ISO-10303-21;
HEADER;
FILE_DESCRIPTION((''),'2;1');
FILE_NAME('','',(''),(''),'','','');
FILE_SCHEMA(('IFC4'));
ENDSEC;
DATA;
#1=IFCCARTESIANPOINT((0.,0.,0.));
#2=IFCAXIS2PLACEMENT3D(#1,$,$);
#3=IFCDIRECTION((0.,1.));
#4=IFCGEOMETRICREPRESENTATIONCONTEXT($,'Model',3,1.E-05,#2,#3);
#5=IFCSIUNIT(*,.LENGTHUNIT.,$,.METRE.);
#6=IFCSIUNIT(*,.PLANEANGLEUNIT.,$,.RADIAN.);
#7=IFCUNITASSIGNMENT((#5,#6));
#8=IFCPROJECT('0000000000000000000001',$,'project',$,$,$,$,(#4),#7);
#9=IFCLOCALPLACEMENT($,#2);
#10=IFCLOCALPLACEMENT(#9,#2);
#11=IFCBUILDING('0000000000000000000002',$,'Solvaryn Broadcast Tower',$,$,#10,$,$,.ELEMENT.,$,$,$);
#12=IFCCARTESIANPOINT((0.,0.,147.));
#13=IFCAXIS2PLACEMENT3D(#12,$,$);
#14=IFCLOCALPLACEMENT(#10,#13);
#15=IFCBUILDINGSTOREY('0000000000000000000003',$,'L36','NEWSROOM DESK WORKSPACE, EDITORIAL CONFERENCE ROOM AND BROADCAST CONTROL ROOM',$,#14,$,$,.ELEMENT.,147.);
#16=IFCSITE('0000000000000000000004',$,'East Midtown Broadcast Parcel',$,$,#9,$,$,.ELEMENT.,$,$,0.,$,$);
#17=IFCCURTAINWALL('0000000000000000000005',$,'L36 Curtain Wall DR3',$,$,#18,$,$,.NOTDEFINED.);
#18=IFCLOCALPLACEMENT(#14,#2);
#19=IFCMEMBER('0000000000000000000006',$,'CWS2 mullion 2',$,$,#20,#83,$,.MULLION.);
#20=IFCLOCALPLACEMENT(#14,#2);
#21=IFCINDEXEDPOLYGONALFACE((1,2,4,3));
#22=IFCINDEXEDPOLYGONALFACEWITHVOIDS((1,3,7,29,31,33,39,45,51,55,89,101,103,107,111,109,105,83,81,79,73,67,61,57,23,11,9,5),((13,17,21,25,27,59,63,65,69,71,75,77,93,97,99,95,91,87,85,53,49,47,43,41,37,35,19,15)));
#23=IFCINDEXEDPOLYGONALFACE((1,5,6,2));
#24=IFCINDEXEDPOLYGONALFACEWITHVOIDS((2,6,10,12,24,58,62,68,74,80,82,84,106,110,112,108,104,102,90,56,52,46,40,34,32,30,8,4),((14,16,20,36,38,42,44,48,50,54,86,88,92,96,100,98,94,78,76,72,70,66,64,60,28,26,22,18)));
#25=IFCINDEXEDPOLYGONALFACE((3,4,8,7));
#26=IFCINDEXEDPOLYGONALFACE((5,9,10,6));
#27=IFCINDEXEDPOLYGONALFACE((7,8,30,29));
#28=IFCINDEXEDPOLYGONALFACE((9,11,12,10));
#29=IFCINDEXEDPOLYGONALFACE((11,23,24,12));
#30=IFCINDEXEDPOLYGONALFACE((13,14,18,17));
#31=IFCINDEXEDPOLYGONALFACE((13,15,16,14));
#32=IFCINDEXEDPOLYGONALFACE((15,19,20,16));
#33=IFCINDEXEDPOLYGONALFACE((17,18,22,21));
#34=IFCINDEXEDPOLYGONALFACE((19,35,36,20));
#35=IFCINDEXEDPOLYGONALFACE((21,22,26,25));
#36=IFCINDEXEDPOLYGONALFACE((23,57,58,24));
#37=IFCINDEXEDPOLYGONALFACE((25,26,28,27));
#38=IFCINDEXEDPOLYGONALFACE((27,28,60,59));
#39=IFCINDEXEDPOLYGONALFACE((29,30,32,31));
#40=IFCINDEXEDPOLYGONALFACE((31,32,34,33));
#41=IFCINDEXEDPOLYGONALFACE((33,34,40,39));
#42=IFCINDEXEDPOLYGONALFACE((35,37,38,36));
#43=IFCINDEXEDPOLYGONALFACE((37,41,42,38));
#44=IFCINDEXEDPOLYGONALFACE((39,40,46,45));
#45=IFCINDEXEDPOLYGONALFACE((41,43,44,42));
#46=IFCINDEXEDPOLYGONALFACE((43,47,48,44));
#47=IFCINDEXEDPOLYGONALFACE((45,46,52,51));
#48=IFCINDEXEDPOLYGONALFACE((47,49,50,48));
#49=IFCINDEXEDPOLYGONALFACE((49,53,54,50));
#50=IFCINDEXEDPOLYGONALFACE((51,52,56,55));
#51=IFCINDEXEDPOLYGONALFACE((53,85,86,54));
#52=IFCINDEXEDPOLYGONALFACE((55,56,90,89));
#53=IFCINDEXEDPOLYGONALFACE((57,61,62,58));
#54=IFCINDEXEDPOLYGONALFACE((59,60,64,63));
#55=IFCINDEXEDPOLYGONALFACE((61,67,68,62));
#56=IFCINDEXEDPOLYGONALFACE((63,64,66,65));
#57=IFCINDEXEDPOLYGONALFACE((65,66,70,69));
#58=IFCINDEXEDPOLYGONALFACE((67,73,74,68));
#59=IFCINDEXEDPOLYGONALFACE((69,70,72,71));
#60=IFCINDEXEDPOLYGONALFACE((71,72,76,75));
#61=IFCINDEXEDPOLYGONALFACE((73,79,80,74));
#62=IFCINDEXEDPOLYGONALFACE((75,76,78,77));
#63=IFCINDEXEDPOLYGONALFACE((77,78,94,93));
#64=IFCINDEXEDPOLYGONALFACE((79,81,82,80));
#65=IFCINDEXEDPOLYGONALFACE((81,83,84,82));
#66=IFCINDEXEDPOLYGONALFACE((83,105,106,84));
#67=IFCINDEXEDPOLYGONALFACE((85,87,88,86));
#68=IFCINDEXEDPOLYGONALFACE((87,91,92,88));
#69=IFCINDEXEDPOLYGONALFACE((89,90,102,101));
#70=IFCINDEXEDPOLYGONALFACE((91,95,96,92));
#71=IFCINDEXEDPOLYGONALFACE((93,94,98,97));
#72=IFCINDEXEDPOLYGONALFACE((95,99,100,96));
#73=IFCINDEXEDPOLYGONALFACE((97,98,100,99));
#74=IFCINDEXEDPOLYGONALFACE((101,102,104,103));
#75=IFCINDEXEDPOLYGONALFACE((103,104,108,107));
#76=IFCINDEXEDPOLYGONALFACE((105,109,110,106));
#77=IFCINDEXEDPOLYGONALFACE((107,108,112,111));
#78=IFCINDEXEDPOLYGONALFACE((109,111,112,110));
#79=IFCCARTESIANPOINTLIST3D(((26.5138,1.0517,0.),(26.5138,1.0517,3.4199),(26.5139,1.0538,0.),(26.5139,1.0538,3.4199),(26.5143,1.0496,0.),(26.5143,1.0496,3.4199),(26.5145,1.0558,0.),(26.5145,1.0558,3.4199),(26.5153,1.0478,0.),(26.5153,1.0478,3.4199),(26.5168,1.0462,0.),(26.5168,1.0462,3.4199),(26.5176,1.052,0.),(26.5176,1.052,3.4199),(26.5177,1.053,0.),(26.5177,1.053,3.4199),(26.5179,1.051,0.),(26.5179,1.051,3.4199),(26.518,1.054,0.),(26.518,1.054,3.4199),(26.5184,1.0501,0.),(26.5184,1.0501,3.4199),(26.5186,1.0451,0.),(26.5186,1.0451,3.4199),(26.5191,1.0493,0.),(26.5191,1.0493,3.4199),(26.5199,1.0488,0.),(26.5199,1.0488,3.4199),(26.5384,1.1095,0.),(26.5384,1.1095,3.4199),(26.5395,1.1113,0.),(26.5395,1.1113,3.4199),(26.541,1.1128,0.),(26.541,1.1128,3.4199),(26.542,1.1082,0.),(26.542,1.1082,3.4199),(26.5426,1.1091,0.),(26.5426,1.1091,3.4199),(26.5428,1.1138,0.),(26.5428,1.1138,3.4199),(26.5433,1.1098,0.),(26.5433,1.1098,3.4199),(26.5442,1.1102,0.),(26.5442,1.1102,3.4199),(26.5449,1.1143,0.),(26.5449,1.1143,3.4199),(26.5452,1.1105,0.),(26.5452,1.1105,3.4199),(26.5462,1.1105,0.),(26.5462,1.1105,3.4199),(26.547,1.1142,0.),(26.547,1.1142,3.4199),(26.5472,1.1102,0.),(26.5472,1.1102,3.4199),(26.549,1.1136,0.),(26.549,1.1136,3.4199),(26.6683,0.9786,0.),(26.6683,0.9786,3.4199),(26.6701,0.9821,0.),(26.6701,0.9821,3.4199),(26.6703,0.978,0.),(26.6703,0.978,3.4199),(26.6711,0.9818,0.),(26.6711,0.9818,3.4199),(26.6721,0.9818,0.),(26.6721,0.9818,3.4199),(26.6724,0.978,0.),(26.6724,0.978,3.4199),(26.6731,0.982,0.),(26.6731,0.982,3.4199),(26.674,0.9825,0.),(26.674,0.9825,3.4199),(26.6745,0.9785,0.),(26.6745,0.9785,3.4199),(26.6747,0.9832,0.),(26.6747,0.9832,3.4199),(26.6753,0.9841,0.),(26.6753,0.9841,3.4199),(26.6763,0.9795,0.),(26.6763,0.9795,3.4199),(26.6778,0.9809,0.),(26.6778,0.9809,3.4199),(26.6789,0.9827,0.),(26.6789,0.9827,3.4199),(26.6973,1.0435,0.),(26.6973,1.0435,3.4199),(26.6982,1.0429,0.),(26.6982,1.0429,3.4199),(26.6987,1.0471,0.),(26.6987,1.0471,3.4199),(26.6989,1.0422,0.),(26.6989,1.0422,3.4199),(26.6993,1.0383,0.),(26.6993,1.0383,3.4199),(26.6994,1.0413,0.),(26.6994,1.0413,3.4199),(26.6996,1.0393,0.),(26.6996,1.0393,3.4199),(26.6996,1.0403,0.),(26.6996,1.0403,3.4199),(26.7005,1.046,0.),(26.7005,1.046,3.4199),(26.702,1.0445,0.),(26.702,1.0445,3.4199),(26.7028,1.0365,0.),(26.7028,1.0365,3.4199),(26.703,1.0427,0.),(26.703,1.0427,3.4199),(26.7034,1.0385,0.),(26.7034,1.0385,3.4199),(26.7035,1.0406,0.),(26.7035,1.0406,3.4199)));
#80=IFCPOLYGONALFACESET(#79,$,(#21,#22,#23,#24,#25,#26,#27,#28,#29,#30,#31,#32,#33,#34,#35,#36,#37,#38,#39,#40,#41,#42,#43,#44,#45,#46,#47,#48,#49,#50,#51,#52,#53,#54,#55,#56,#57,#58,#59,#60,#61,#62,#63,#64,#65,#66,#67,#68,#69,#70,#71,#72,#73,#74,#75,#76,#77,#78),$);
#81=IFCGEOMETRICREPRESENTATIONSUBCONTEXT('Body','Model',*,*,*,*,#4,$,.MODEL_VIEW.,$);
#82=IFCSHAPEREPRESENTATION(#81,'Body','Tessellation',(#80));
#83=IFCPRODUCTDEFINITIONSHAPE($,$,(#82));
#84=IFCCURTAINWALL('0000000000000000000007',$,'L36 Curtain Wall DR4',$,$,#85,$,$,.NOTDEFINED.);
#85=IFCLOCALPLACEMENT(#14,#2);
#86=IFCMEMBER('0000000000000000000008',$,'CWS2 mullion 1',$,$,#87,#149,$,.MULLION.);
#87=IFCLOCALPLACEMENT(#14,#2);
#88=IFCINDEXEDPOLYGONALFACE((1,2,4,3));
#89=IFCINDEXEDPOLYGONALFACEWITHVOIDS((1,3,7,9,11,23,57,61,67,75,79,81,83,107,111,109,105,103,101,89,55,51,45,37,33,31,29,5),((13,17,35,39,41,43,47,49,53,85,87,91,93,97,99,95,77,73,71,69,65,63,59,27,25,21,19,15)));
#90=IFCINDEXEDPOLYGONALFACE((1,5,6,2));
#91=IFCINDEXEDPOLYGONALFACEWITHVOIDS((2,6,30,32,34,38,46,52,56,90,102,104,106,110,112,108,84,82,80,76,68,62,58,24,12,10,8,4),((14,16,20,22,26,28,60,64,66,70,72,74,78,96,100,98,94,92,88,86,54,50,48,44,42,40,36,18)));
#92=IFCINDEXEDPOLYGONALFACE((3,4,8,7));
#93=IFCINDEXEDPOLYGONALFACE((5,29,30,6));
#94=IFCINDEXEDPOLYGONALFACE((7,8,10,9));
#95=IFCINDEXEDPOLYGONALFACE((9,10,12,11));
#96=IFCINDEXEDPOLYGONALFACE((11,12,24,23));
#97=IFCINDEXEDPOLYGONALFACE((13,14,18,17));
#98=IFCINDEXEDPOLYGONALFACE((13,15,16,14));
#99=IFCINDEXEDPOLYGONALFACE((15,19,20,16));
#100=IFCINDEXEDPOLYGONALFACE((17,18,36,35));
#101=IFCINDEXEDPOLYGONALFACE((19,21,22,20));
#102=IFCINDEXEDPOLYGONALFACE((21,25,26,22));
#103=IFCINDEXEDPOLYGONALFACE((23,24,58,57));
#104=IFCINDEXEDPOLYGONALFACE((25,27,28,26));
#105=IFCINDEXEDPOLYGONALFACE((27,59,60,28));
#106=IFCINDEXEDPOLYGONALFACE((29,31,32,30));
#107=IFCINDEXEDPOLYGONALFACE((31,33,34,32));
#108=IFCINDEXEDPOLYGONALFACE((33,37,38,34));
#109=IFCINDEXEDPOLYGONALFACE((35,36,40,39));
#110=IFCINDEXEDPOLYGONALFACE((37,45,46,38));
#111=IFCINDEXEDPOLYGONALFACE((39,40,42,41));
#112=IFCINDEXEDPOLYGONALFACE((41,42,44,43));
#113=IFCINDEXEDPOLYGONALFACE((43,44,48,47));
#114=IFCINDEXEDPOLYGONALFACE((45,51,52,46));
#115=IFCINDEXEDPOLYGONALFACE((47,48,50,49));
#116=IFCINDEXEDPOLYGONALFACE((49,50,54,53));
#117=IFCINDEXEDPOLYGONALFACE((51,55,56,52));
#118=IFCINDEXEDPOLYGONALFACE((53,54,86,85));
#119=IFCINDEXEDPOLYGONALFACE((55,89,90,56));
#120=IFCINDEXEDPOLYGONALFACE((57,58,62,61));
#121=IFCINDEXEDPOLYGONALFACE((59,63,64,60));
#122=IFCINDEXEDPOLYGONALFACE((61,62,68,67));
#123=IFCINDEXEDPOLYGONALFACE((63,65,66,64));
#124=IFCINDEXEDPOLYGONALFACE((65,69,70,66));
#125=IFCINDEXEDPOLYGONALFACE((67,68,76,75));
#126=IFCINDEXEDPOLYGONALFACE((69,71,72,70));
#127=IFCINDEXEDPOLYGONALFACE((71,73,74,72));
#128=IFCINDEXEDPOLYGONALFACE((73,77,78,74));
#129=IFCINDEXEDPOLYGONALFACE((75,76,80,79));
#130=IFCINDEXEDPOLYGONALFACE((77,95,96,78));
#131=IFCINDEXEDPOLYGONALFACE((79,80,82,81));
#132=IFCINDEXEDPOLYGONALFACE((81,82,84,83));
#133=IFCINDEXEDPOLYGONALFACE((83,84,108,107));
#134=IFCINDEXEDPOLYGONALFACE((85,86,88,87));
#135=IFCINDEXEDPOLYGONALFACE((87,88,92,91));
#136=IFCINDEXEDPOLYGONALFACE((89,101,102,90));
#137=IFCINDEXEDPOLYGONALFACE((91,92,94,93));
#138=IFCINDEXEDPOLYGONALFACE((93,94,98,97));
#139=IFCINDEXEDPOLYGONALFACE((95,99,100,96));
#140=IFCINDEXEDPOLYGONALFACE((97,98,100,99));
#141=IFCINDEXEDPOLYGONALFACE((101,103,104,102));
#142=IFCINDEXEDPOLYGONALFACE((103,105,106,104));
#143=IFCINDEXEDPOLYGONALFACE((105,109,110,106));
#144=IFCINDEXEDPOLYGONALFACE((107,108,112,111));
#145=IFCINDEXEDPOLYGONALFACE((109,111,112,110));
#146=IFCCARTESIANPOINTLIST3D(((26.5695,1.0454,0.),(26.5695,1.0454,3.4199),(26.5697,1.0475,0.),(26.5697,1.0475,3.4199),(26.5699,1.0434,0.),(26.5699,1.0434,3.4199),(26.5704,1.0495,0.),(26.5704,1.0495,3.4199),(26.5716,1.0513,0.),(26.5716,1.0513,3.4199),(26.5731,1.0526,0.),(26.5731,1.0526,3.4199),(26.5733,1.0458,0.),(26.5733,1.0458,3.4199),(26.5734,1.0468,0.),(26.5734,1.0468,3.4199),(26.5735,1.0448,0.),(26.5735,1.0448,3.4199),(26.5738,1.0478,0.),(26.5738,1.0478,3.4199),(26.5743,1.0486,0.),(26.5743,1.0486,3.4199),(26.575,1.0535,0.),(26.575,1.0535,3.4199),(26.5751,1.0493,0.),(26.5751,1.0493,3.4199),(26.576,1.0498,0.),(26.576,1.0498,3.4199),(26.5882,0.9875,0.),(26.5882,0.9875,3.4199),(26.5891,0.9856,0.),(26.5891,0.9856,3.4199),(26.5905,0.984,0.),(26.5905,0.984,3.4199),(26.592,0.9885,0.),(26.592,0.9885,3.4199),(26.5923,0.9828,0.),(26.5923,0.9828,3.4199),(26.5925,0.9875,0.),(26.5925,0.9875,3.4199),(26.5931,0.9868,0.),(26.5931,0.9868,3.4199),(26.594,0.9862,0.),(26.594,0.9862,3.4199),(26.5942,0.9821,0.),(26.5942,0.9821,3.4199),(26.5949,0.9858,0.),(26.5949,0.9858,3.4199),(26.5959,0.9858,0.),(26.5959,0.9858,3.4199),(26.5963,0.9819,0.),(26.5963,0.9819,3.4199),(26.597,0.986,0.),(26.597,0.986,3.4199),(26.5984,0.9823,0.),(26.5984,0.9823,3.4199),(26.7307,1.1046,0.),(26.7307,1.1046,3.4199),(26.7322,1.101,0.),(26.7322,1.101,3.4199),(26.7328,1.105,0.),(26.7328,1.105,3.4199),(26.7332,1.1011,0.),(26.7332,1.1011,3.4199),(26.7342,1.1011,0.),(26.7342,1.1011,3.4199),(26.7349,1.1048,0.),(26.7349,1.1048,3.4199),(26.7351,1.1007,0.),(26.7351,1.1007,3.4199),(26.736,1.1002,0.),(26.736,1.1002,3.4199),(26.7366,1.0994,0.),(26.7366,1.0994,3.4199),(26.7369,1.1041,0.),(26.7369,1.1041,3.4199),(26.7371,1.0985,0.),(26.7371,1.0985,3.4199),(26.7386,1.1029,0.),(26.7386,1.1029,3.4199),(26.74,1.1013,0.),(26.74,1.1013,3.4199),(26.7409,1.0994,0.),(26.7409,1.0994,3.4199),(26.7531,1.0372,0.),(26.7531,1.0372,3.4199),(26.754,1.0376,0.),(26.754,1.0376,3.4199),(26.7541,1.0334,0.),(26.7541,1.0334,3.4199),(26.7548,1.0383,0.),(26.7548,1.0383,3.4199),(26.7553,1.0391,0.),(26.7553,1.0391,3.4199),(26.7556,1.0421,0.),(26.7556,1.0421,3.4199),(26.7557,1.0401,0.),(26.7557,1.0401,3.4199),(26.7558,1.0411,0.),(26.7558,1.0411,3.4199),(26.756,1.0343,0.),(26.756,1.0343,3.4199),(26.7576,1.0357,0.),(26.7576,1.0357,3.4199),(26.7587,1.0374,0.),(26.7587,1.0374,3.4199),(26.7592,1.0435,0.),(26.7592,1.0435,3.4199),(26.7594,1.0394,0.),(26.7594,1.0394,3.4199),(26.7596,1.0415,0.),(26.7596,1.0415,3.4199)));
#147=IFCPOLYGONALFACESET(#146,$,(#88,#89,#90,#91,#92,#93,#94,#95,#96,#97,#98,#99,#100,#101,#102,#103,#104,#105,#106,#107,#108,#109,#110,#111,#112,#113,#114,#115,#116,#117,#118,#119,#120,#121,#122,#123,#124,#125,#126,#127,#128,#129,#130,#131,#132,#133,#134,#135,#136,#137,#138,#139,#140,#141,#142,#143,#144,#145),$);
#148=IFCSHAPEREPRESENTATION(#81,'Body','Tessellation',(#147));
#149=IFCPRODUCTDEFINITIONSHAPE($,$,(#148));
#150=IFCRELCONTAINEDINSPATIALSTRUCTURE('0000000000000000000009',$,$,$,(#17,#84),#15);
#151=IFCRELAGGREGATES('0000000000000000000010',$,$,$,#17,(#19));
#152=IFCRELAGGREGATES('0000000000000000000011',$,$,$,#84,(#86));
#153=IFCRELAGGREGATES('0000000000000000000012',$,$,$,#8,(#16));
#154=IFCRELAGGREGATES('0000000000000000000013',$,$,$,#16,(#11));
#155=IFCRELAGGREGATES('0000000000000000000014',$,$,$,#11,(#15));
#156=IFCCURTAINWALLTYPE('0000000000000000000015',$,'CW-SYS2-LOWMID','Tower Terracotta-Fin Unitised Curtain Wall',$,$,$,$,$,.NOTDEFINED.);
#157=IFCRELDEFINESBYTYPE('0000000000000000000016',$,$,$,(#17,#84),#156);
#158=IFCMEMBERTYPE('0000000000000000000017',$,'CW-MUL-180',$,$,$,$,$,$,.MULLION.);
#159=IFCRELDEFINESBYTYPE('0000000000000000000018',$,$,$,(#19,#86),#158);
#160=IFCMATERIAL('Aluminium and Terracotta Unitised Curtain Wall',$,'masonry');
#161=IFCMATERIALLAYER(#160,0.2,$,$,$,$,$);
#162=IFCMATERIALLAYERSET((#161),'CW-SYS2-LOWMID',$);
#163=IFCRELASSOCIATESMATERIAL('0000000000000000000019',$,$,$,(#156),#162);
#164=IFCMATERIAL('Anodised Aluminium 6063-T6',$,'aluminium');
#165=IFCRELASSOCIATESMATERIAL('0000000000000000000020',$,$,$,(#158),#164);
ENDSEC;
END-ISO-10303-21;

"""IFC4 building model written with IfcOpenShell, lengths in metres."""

from ifc_helpers import new_model, si_unit, direction, frame, origin, origin_2d, place, context, subcontext, project, spatial, hollow_rectangle, extrude, material, layer, layer_set, material_profile, profile_set, type_object, element, aggregate, save


model = new_model("IFC4")

# Units and contexts
model_context = context("Model", 3, precision=1e-05, world=origin(), true_north=direction((0.0, 1.0)))
body_context = subcontext(model_context, "Body", "Model", "MODEL_VIEW")
ifc_project = project(units=[si_unit("LENGTHUNIT", "METRE"), si_unit("PLANEANGLEUNIT", "RADIAN")], contexts=[model_context])

# Site, building, storey
site_placement = place(None, origin())
site = spatial("IfcSite", under=ifc_project, at=site_placement, Name="East Midtown Broadcast Parcel", CompositionType="ELEMENT", RefElevation=0.0)
building_placement = place(site_placement, origin())
building = spatial("IfcBuilding", under=site, at=building_placement, Name="Solvaryn Broadcast Tower", CompositionType="ELEMENT")
storey_placement = place(building_placement, frame((0.0, 0.0, 147.0)))
storey = spatial("IfcBuildingStorey", under=building, at=storey_placement, Name="L36", Description="NEWSROOM DESK WORKSPACE, EDITORIAL CONFERENCE ROOM AND BROADCAST CONTROL ROOM", CompositionType="ELEMENT", Elevation=147.0)

# Curtain wall, member
ifc_material_1 = material(Name="Aluminium and Terracotta Unitised Curtain Wall", Category="masonry")
ifc_layer_1 = layer(ifc_material_1, 0.2)
ifc_layer_set_1 = layer_set([ifc_layer_1], Name="CW-SYS2-LOWMID")
curtain_wall_type = type_object("IfcCurtainWallType", Name="CW-SYS2-LOWMID", Description="Tower Terracotta-Fin Unitised Curtain Wall", PredefinedType="NOTDEFINED", material=ifc_layer_set_1)
curtain_wall_1_placement = place(storey_placement, origin())
curtain_wall_1 = element("IfcCurtainWall", 1, at=curtain_wall_1_placement, inside=storey, type_object=curtain_wall_type, Name="L36 Curtain Wall DR3", PredefinedType="NOTDEFINED")
ifc_material_2 = material(Name="Anodised Aluminium 6063-T6", Category="aluminium")
ifc_material_profile_1 = material_profile(ifc_material_2, hollow_rectangle(XDim=0.075, YDim=0.1799, WallThickness=0.0039, InnerFilletRadius=0.0039, OuterFilletRadius=0.0081, at=origin_2d()))
ifc_profile_set_1 = profile_set([ifc_material_profile_1], Name="Anodised Aluminium 6063-T6")
member_type_1 = type_object("IfcMemberType", Name="CW-MUL-180", PredefinedType="MULLION", material=ifc_profile_set_1)
member_1_placement = place(storey_placement, frame((26.6086, 1.0461, 0.0), z_axis=(0.0, 0.0, 1.0), x_axis=(0.405918, 0.913909, 0.0)))
member_1 = element("IfcMember", 2, at=member_1_placement, type_object=member_type_1, Name="CWS2 mullion 2", PredefinedType="MULLION", context=body_context, shape_type="SweptSolid", body=[
    extrude(hollow_rectangle(XDim=0.075, YDim=0.1799, WallThickness=0.0039, InnerFilletRadius=0.0039, OuterFilletRadius=0.0081, at=origin_2d()), origin(), (0.0, 0.0, 1.0), 3.4199),
])
aggregate(curtain_wall_1, [member_1])

# Curtain wall, member
curtain_wall_2_placement = place(storey_placement, origin())
curtain_wall_2 = element("IfcCurtainWall", 3, at=curtain_wall_2_placement, inside=storey, type_object=curtain_wall_type, Name="L36 Curtain Wall DR4", PredefinedType="NOTDEFINED")
member_2_placement = place(storey_placement, frame((26.6646, 1.0435, 0.0), z_axis=(0.0, 0.0, 1.0), x_axis=(-0.311646, 0.950198, 0.0)))
member_2 = element("IfcMember", 4, at=member_2_placement, type_object=member_type_1, Name="CWS2 mullion 1", PredefinedType="MULLION", context=body_context, shape_type="SweptSolid", body=[
    extrude(hollow_rectangle(XDim=0.075, YDim=0.1799, WallThickness=0.0039, InnerFilletRadius=0.0039, OuterFilletRadius=0.0081, at=origin_2d()), origin(), (0.0, 0.0, 1.0), 3.4199),
])
aggregate(curtain_wall_2, [member_2])

save(model, "model.ifc")
